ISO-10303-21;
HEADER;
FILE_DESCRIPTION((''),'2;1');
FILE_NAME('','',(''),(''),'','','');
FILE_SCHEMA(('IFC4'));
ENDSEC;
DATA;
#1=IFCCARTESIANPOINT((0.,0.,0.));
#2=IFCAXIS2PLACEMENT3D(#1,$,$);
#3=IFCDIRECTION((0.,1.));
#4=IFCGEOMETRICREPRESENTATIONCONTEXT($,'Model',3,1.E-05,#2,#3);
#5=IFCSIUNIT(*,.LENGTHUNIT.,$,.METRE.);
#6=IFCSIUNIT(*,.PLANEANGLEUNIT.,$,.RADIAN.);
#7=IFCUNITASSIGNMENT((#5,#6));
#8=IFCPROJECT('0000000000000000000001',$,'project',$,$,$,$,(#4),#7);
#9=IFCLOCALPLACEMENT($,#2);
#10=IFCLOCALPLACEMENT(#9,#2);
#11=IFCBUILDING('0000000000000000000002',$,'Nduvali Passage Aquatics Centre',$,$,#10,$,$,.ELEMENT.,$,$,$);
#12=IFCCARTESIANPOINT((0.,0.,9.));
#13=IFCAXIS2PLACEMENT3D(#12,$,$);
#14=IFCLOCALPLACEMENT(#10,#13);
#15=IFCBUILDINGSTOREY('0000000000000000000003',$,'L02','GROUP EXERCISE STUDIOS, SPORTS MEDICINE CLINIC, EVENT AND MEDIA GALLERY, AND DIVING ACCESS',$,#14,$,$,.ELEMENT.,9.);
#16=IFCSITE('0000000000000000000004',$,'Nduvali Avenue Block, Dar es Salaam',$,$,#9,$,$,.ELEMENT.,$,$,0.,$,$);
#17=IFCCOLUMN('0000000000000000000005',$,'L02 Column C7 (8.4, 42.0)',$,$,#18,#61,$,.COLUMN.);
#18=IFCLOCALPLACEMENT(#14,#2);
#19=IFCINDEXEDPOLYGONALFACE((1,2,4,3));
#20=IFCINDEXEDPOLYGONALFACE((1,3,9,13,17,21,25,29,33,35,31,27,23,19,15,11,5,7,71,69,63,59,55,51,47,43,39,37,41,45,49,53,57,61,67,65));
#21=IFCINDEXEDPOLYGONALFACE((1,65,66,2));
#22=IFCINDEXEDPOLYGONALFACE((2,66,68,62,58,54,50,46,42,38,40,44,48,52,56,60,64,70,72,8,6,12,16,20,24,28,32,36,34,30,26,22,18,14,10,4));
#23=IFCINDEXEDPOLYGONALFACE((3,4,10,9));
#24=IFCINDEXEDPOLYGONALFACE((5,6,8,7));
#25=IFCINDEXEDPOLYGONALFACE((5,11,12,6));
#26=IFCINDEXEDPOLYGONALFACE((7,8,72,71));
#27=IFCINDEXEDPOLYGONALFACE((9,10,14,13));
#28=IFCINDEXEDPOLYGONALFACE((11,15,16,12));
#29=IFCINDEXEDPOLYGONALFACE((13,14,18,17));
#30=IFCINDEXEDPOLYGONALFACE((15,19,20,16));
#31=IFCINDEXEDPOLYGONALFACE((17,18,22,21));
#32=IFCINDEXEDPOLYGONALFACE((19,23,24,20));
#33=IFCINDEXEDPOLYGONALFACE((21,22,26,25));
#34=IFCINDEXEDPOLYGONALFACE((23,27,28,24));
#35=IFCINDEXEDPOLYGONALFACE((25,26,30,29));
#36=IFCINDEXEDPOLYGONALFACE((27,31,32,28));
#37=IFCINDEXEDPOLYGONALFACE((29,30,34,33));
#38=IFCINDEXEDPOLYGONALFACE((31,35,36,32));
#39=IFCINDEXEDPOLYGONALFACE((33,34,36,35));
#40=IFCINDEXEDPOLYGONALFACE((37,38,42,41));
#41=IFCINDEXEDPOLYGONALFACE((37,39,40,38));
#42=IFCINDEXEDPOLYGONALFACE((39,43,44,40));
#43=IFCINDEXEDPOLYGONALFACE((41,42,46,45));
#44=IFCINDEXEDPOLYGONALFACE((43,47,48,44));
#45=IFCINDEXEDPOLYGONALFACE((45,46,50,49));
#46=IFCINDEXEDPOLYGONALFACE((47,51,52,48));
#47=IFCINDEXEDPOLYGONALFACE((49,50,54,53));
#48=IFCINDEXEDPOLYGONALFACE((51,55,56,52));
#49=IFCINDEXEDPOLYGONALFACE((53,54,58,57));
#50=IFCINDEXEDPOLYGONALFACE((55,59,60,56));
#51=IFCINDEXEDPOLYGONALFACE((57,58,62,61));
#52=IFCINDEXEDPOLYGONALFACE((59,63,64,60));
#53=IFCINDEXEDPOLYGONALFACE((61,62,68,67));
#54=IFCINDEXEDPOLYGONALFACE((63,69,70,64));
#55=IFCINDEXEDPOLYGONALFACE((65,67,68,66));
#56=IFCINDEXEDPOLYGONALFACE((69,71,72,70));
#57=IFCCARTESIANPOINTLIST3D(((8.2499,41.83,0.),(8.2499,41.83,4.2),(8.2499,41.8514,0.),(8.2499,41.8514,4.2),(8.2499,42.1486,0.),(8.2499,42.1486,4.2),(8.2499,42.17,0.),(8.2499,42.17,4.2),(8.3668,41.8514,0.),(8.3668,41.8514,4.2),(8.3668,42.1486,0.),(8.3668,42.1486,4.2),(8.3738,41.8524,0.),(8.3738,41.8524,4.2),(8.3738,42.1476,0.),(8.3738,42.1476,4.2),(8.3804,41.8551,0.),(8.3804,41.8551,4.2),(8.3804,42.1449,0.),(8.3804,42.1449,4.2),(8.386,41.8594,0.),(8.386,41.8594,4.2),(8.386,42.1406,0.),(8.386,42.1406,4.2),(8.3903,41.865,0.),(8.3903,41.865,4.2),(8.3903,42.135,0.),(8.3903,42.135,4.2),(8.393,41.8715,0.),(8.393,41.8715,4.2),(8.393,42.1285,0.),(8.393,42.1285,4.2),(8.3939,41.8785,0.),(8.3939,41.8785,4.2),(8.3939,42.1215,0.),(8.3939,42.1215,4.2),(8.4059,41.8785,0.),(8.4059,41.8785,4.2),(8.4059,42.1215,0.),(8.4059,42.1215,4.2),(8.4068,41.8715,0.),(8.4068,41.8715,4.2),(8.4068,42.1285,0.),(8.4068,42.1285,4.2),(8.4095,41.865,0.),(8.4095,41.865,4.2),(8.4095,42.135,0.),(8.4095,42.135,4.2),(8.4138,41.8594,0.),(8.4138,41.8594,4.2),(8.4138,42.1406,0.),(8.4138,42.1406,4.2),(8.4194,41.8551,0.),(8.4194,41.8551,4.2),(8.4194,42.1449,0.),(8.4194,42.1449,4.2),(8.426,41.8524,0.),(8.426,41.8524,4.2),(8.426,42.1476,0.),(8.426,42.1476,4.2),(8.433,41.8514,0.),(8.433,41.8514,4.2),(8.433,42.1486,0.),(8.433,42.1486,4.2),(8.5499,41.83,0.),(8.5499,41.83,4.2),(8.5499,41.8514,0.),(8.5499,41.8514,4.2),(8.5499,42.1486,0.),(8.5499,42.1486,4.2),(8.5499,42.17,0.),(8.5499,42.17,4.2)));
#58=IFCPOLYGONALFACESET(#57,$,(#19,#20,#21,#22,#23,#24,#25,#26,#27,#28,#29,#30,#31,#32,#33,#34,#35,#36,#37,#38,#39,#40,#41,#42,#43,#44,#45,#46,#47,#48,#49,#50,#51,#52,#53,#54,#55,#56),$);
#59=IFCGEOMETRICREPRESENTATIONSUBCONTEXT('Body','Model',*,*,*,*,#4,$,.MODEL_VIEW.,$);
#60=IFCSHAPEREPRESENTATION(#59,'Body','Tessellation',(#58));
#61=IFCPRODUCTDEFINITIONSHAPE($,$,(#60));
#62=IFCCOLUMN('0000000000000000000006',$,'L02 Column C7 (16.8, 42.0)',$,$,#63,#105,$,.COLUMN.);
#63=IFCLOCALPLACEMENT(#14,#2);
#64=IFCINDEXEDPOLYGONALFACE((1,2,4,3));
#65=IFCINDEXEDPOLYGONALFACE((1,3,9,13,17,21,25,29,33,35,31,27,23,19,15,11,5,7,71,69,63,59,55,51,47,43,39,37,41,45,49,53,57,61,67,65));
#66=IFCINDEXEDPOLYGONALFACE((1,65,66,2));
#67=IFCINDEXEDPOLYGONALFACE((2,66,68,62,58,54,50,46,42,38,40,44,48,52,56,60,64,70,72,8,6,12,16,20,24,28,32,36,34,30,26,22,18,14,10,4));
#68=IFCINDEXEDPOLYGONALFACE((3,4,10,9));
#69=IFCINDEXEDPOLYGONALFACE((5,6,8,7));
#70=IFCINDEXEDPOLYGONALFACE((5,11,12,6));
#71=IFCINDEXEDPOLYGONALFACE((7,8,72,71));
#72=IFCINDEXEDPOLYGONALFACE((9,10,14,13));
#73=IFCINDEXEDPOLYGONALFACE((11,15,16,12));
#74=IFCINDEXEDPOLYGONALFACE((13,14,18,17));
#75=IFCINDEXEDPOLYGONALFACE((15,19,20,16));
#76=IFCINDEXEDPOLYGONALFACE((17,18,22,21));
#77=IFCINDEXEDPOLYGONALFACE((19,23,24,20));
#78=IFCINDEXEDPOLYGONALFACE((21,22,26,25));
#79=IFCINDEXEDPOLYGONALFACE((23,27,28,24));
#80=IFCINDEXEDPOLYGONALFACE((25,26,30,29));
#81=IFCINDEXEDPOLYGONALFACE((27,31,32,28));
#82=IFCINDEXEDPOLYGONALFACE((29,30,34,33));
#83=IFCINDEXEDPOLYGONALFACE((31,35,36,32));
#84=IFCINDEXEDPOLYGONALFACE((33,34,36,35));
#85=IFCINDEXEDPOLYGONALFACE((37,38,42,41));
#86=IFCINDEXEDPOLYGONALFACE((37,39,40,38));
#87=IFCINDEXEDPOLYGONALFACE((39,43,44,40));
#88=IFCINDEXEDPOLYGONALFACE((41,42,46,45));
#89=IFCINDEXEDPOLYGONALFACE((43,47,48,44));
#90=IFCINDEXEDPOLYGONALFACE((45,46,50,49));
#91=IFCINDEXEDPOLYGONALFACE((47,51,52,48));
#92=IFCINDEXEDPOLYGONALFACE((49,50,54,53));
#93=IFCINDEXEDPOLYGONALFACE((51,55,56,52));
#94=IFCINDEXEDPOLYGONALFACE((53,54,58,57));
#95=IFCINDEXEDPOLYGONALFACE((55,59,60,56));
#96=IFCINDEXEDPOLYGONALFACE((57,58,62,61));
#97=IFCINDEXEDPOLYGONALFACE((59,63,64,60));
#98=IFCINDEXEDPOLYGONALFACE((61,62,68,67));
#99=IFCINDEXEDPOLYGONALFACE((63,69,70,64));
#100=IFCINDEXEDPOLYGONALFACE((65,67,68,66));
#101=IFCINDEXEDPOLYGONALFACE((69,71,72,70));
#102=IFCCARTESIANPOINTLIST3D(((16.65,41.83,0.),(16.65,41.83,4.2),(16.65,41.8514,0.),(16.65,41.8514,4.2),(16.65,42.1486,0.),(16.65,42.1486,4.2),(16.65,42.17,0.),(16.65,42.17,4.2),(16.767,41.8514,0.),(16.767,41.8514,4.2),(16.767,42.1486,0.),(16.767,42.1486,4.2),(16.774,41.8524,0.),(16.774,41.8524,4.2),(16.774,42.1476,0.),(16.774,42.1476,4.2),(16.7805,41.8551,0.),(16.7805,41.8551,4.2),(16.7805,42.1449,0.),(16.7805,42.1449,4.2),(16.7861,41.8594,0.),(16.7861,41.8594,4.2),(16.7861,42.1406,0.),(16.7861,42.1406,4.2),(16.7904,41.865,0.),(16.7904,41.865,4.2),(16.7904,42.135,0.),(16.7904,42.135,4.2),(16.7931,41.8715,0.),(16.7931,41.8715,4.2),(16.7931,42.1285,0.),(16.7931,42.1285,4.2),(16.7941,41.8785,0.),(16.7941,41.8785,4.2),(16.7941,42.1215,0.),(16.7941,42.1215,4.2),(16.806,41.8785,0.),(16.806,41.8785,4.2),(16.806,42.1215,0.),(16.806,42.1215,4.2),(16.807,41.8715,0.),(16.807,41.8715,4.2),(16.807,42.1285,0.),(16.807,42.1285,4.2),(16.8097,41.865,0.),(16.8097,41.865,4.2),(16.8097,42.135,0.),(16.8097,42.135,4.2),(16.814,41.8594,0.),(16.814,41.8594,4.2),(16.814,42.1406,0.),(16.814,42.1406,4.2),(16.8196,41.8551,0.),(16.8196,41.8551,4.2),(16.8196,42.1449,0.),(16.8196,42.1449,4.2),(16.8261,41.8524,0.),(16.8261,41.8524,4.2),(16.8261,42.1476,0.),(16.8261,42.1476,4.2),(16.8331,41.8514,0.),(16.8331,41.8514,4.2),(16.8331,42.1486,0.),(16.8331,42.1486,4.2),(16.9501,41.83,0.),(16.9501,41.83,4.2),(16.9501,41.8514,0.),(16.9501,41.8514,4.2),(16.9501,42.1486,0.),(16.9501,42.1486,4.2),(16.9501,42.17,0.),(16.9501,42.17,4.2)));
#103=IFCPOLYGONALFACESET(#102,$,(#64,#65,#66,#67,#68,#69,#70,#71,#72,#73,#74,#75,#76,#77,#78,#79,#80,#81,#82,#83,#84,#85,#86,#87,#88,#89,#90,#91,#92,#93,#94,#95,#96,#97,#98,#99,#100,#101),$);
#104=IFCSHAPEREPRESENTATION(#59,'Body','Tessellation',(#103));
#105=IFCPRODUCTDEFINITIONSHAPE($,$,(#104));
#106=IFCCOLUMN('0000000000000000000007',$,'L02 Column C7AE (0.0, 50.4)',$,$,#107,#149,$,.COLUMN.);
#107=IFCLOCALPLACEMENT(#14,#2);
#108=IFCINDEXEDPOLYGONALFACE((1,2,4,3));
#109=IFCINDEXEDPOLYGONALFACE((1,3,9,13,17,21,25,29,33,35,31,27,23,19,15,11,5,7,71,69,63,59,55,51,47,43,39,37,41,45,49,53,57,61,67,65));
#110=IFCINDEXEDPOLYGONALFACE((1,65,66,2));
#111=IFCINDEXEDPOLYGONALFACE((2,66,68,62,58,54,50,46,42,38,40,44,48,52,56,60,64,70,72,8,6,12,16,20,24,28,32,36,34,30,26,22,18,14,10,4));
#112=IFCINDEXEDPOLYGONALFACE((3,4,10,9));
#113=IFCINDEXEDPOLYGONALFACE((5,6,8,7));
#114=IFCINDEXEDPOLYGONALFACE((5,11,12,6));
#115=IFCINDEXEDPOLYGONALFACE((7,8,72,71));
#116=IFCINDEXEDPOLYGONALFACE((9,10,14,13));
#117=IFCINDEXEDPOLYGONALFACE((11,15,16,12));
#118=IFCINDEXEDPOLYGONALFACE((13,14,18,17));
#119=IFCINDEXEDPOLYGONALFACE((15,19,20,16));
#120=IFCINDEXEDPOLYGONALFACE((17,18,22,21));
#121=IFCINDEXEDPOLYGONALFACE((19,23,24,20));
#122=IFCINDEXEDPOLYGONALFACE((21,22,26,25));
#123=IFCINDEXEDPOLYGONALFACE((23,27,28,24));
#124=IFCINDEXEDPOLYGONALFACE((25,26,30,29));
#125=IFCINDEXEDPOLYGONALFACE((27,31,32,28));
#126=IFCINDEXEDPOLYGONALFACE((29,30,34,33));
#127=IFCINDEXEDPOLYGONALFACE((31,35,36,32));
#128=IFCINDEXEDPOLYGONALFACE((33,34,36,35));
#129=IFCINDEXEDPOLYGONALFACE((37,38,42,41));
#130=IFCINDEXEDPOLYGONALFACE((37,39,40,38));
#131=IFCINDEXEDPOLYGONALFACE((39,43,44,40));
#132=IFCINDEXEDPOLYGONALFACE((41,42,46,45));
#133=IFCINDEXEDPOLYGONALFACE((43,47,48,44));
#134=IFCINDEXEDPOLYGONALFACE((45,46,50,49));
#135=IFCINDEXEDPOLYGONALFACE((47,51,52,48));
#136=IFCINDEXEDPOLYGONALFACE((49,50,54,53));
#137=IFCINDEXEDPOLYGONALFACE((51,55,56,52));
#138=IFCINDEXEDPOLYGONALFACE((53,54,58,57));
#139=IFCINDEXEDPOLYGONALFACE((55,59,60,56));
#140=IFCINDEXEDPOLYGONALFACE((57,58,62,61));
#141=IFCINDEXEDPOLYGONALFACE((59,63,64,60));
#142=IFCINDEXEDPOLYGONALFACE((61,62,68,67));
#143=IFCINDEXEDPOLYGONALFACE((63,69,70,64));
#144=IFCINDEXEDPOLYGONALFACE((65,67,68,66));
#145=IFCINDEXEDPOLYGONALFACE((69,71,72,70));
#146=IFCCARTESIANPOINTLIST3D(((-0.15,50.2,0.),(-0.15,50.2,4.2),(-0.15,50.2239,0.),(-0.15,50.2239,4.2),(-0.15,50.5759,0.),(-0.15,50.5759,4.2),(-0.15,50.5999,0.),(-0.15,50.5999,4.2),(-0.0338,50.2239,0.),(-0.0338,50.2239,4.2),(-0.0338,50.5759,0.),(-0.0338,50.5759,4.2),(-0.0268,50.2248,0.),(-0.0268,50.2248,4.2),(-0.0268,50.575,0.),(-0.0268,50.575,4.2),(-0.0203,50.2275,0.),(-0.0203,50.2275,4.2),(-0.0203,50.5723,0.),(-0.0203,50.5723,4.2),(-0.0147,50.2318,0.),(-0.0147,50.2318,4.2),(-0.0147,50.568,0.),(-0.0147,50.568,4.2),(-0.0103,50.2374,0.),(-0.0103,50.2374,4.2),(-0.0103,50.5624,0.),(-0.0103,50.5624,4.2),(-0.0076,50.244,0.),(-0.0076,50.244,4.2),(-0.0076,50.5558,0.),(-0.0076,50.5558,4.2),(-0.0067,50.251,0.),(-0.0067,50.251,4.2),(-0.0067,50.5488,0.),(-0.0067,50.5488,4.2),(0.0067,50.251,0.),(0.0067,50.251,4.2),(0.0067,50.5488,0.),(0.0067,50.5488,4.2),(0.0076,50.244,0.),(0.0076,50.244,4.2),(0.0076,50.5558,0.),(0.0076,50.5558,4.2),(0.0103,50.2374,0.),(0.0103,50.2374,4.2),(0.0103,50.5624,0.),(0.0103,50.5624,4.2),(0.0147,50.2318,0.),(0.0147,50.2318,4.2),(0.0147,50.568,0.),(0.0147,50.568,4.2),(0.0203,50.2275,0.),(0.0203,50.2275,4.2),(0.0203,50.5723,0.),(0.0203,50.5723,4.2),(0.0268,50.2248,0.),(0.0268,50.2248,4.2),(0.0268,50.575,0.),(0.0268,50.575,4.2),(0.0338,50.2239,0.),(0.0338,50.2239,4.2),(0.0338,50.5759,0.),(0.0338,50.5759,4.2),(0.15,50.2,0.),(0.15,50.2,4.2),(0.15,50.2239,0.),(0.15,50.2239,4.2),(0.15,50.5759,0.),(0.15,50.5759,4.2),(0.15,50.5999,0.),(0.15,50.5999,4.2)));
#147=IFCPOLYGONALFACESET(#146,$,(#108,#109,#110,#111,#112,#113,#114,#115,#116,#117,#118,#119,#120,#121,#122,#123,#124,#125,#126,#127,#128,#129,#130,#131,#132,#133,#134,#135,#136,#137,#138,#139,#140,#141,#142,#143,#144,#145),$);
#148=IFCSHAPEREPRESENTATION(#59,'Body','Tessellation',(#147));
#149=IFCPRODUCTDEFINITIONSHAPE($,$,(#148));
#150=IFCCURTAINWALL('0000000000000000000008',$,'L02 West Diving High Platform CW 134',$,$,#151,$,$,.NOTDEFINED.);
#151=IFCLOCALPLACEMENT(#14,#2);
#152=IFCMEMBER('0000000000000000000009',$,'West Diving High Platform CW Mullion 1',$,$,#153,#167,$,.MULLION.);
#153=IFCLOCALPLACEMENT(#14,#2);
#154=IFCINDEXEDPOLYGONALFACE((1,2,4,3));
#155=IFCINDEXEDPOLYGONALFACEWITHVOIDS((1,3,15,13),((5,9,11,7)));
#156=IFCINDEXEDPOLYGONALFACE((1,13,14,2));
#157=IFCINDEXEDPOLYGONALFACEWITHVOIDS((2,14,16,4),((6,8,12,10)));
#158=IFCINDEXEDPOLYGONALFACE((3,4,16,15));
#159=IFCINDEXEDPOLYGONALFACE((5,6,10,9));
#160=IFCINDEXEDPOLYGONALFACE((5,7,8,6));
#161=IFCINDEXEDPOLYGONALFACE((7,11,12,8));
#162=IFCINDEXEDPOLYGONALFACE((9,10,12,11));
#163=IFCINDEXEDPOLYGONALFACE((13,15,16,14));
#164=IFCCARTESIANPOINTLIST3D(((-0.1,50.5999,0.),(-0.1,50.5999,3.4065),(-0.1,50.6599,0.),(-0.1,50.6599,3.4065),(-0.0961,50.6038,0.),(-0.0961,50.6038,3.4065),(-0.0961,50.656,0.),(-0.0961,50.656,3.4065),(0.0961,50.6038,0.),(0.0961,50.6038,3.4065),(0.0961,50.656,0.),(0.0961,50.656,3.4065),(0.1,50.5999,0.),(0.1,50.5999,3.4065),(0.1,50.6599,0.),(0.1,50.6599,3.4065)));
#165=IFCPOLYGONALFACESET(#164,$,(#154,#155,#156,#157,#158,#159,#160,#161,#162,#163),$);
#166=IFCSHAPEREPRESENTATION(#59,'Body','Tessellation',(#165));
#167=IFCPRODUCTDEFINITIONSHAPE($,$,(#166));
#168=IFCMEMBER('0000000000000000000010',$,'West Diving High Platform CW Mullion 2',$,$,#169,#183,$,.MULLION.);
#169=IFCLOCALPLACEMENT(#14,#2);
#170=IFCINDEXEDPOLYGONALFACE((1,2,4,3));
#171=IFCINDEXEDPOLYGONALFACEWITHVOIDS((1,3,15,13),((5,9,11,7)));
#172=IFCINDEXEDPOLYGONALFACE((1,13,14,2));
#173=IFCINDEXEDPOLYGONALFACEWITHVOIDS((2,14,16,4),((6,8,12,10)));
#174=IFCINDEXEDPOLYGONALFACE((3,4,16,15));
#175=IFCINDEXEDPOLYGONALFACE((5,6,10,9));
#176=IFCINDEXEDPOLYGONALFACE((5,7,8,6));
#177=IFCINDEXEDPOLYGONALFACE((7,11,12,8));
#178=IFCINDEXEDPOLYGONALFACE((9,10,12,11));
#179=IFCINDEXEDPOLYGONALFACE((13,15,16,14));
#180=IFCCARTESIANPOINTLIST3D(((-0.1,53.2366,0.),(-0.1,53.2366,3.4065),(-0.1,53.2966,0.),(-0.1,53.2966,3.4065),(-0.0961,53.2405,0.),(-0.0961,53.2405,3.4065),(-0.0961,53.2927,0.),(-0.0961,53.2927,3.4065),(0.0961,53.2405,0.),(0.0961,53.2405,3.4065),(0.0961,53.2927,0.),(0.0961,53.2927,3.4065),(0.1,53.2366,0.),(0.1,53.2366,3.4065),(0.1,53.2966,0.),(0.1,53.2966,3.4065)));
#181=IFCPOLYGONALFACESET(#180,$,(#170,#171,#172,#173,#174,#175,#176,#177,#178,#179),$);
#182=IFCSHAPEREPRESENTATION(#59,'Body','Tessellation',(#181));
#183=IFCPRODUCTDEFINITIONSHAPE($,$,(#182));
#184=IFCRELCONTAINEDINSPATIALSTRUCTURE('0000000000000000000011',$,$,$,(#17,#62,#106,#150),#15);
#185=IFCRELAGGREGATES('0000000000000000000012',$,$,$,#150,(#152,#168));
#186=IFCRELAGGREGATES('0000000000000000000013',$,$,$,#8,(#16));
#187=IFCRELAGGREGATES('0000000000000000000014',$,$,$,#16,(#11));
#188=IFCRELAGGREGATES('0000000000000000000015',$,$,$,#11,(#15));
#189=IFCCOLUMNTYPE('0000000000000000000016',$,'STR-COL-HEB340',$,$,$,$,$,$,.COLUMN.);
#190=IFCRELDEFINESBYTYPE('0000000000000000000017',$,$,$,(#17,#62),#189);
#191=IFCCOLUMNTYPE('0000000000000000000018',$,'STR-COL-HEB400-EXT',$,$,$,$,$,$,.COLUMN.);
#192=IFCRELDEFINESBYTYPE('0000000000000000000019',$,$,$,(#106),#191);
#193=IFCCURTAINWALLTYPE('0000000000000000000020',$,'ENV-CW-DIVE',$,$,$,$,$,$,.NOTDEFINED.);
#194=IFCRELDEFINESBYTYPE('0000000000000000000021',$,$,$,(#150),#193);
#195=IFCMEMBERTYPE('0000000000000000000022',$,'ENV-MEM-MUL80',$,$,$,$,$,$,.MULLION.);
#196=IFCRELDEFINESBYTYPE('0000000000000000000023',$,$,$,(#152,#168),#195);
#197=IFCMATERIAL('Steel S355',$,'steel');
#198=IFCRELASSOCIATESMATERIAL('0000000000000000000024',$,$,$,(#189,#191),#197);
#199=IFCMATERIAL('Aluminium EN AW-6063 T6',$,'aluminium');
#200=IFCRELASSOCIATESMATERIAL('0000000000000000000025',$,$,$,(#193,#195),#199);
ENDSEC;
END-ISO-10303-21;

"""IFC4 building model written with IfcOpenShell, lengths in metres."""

from ifc_helpers import new_model, si_unit, direction, frame, origin, origin_2d, place, context, subcontext, project, spatial, hollow_rectangle, i_section, extrude, material, material_profile, profile_set, type_object, element, aggregate, save


model = new_model("IFC4")

# Units and contexts
model_context = context("Model", 3, precision=1e-05, world=origin(), true_north=direction((0.0, 1.0)))
body_context = subcontext(model_context, "Body", "Model", "MODEL_VIEW")
ifc_project = project(units=[si_unit("LENGTHUNIT", "METRE"), si_unit("PLANEANGLEUNIT", "RADIAN")], contexts=[model_context])

# Site, building, storey
site_placement = place(None, origin())
site = spatial("IfcSite", under=ifc_project, at=site_placement, Name="Nduvali Avenue Block, Dar es Salaam", CompositionType="ELEMENT", RefElevation=0.0)
building_placement = place(site_placement, origin())
building = spatial("IfcBuilding", under=site, at=building_placement, Name="Nduvali Passage Aquatics Centre", CompositionType="ELEMENT")
storey_placement = place(building_placement, frame((0.0, 0.0, 9.0)))
storey = spatial("IfcBuildingStorey", under=building, at=storey_placement, Name="L02", Description="GROUP EXERCISE STUDIOS, SPORTS MEDICINE CLINIC, EVENT AND MEDIA GALLERY, AND DIVING ACCESS", CompositionType="ELEMENT", Elevation=9.0)

# Columns
ifc_material_1 = material(Name="Steel S355", Category="steel")
ifc_material_profile_1 = material_profile(ifc_material_1, i_section(OverallWidth=0.3, OverallDepth=0.3401, WebThickness=0.012, FlangeThickness=0.0215, FilletRadius=0.0271, at=origin_2d()), Name="HEB 340")
ifc_profile_set_1 = profile_set([ifc_material_profile_1], Name="Steel S355")
column_type_1 = type_object("IfcColumnType", Name="STR-COL-HEB340", PredefinedType="COLUMN", material=ifc_profile_set_1)
for number, where, z_axis, x_axis, name in (
    (1, (8.3999, 42.0, 0.0), (0.0, 0.0, 1.0), (1.0, 0.0, 0.0), "L02 Column C7 (8.4, 42.0)"),
    (2, (16.8, 42.0, 0.0), (0.0, 0.0, 1.0), (1.0, 0.0, 0.0), "L02 Column C7 (16.8, 42.0)"),
):
    element("IfcColumn", number, at=place(storey_placement, frame(where, z_axis=z_axis, x_axis=x_axis)), inside=storey, type_object=column_type_1, Name=name, PredefinedType="COLUMN", context=body_context, shape_type="SweptSolid", body=[
        extrude(i_section(OverallWidth=0.3, OverallDepth=0.3401, WebThickness=0.012, FlangeThickness=0.0215, FilletRadius=0.0271, at=origin_2d()), origin(), (0.0, 0.0, 1.0), 4.2),
    ])
ifc_material_profile_2 = material_profile(ifc_material_1, i_section(OverallWidth=0.3, OverallDepth=0.3999, WebThickness=0.0134, FlangeThickness=0.0239, FilletRadius=0.0271, at=origin_2d()), Name="HEB 400")
ifc_profile_set_2 = profile_set([ifc_material_profile_2], Name="Steel S355")
column_type_2 = type_object("IfcColumnType", Name="STR-COL-HEB400-EXT", PredefinedType="COLUMN", material=ifc_profile_set_2)
column_placement = place(storey_placement, frame((0.0, 50.3999, 0.0), z_axis=(0.0, 0.0, 1.0), x_axis=(1.0, 0.0, 0.0)))
element("IfcColumn", 3, at=column_placement, inside=storey, type_object=column_type_2, Name="L02 Column C7AE (0.0, 50.4)", PredefinedType="COLUMN", context=body_context, shape_type="SweptSolid", body=[
    extrude(i_section(OverallWidth=0.3, OverallDepth=0.3999, WebThickness=0.0134, FlangeThickness=0.0239, FilletRadius=0.0271, at=origin_2d()), origin(), (0.0, 0.0, 1.0), 4.2),
])

# Curtain wall, members
ifc_material_2 = material(Name="Aluminium EN AW-6063 T6", Category="aluminium")
curtain_wall_type = type_object("IfcCurtainWallType", Name="ENV-CW-DIVE", PredefinedType="NOTDEFINED", material=ifc_material_2)
curtain_wall_placement = place(storey_placement, origin())
curtain_wall = element("IfcCurtainWall", 4, at=curtain_wall_placement, inside=storey, type_object=curtain_wall_type, Name="L02 West Diving High Platform CW 134", PredefinedType="NOTDEFINED")
ifc_material_profile_3 = material_profile(ifc_material_2, hollow_rectangle(XDim=0.0601, YDim=0.2, WallThickness=0.0039, at=origin_2d()), Name="ALU MULLION 60x200x4")
ifc_profile_set_3 = profile_set([ifc_material_profile_3], Name="Aluminium EN AW-6063 T6")
member_type_1 = type_object("IfcMemberType", Name="ENV-MEM-MUL80", PredefinedType="MULLION", material=ifc_profile_set_3)
member_1_placement = place(storey_placement, frame((0.0, 50.6299, 0.0), z_axis=(0.0, 0.0, 1.0), x_axis=(0.0, 1.0, 0.0)))
member_1 = element("IfcMember", 5, at=member_1_placement, type_object=member_type_1, Name="West Diving High Platform CW Mullion 1", PredefinedType="MULLION", context=body_context, shape_type="SweptSolid", body=[
    extrude(hollow_rectangle(XDim=0.0601, YDim=0.2, WallThickness=0.0039, at=origin_2d()), origin(), (0.0, 0.0, 1.0), 3.4065),
])
member_2_placement = place(storey_placement, frame((0.0, 53.2666, 0.0), z_axis=(0.0, 0.0, 1.0), x_axis=(0.0, 1.0, 0.0)))
member_2 = element("IfcMember", 6, at=member_2_placement, type_object=member_type_1, Name="West Diving High Platform CW Mullion 2", PredefinedType="MULLION", context=body_context, shape_type="SweptSolid", body=[
    extrude(hollow_rectangle(XDim=0.0601, YDim=0.2, WallThickness=0.0039, at=origin_2d()), origin(), (0.0, 0.0, 1.0), 3.4065),
])

aggregate(curtain_wall, [member_1, member_2])

save(model, "model.ifc")
